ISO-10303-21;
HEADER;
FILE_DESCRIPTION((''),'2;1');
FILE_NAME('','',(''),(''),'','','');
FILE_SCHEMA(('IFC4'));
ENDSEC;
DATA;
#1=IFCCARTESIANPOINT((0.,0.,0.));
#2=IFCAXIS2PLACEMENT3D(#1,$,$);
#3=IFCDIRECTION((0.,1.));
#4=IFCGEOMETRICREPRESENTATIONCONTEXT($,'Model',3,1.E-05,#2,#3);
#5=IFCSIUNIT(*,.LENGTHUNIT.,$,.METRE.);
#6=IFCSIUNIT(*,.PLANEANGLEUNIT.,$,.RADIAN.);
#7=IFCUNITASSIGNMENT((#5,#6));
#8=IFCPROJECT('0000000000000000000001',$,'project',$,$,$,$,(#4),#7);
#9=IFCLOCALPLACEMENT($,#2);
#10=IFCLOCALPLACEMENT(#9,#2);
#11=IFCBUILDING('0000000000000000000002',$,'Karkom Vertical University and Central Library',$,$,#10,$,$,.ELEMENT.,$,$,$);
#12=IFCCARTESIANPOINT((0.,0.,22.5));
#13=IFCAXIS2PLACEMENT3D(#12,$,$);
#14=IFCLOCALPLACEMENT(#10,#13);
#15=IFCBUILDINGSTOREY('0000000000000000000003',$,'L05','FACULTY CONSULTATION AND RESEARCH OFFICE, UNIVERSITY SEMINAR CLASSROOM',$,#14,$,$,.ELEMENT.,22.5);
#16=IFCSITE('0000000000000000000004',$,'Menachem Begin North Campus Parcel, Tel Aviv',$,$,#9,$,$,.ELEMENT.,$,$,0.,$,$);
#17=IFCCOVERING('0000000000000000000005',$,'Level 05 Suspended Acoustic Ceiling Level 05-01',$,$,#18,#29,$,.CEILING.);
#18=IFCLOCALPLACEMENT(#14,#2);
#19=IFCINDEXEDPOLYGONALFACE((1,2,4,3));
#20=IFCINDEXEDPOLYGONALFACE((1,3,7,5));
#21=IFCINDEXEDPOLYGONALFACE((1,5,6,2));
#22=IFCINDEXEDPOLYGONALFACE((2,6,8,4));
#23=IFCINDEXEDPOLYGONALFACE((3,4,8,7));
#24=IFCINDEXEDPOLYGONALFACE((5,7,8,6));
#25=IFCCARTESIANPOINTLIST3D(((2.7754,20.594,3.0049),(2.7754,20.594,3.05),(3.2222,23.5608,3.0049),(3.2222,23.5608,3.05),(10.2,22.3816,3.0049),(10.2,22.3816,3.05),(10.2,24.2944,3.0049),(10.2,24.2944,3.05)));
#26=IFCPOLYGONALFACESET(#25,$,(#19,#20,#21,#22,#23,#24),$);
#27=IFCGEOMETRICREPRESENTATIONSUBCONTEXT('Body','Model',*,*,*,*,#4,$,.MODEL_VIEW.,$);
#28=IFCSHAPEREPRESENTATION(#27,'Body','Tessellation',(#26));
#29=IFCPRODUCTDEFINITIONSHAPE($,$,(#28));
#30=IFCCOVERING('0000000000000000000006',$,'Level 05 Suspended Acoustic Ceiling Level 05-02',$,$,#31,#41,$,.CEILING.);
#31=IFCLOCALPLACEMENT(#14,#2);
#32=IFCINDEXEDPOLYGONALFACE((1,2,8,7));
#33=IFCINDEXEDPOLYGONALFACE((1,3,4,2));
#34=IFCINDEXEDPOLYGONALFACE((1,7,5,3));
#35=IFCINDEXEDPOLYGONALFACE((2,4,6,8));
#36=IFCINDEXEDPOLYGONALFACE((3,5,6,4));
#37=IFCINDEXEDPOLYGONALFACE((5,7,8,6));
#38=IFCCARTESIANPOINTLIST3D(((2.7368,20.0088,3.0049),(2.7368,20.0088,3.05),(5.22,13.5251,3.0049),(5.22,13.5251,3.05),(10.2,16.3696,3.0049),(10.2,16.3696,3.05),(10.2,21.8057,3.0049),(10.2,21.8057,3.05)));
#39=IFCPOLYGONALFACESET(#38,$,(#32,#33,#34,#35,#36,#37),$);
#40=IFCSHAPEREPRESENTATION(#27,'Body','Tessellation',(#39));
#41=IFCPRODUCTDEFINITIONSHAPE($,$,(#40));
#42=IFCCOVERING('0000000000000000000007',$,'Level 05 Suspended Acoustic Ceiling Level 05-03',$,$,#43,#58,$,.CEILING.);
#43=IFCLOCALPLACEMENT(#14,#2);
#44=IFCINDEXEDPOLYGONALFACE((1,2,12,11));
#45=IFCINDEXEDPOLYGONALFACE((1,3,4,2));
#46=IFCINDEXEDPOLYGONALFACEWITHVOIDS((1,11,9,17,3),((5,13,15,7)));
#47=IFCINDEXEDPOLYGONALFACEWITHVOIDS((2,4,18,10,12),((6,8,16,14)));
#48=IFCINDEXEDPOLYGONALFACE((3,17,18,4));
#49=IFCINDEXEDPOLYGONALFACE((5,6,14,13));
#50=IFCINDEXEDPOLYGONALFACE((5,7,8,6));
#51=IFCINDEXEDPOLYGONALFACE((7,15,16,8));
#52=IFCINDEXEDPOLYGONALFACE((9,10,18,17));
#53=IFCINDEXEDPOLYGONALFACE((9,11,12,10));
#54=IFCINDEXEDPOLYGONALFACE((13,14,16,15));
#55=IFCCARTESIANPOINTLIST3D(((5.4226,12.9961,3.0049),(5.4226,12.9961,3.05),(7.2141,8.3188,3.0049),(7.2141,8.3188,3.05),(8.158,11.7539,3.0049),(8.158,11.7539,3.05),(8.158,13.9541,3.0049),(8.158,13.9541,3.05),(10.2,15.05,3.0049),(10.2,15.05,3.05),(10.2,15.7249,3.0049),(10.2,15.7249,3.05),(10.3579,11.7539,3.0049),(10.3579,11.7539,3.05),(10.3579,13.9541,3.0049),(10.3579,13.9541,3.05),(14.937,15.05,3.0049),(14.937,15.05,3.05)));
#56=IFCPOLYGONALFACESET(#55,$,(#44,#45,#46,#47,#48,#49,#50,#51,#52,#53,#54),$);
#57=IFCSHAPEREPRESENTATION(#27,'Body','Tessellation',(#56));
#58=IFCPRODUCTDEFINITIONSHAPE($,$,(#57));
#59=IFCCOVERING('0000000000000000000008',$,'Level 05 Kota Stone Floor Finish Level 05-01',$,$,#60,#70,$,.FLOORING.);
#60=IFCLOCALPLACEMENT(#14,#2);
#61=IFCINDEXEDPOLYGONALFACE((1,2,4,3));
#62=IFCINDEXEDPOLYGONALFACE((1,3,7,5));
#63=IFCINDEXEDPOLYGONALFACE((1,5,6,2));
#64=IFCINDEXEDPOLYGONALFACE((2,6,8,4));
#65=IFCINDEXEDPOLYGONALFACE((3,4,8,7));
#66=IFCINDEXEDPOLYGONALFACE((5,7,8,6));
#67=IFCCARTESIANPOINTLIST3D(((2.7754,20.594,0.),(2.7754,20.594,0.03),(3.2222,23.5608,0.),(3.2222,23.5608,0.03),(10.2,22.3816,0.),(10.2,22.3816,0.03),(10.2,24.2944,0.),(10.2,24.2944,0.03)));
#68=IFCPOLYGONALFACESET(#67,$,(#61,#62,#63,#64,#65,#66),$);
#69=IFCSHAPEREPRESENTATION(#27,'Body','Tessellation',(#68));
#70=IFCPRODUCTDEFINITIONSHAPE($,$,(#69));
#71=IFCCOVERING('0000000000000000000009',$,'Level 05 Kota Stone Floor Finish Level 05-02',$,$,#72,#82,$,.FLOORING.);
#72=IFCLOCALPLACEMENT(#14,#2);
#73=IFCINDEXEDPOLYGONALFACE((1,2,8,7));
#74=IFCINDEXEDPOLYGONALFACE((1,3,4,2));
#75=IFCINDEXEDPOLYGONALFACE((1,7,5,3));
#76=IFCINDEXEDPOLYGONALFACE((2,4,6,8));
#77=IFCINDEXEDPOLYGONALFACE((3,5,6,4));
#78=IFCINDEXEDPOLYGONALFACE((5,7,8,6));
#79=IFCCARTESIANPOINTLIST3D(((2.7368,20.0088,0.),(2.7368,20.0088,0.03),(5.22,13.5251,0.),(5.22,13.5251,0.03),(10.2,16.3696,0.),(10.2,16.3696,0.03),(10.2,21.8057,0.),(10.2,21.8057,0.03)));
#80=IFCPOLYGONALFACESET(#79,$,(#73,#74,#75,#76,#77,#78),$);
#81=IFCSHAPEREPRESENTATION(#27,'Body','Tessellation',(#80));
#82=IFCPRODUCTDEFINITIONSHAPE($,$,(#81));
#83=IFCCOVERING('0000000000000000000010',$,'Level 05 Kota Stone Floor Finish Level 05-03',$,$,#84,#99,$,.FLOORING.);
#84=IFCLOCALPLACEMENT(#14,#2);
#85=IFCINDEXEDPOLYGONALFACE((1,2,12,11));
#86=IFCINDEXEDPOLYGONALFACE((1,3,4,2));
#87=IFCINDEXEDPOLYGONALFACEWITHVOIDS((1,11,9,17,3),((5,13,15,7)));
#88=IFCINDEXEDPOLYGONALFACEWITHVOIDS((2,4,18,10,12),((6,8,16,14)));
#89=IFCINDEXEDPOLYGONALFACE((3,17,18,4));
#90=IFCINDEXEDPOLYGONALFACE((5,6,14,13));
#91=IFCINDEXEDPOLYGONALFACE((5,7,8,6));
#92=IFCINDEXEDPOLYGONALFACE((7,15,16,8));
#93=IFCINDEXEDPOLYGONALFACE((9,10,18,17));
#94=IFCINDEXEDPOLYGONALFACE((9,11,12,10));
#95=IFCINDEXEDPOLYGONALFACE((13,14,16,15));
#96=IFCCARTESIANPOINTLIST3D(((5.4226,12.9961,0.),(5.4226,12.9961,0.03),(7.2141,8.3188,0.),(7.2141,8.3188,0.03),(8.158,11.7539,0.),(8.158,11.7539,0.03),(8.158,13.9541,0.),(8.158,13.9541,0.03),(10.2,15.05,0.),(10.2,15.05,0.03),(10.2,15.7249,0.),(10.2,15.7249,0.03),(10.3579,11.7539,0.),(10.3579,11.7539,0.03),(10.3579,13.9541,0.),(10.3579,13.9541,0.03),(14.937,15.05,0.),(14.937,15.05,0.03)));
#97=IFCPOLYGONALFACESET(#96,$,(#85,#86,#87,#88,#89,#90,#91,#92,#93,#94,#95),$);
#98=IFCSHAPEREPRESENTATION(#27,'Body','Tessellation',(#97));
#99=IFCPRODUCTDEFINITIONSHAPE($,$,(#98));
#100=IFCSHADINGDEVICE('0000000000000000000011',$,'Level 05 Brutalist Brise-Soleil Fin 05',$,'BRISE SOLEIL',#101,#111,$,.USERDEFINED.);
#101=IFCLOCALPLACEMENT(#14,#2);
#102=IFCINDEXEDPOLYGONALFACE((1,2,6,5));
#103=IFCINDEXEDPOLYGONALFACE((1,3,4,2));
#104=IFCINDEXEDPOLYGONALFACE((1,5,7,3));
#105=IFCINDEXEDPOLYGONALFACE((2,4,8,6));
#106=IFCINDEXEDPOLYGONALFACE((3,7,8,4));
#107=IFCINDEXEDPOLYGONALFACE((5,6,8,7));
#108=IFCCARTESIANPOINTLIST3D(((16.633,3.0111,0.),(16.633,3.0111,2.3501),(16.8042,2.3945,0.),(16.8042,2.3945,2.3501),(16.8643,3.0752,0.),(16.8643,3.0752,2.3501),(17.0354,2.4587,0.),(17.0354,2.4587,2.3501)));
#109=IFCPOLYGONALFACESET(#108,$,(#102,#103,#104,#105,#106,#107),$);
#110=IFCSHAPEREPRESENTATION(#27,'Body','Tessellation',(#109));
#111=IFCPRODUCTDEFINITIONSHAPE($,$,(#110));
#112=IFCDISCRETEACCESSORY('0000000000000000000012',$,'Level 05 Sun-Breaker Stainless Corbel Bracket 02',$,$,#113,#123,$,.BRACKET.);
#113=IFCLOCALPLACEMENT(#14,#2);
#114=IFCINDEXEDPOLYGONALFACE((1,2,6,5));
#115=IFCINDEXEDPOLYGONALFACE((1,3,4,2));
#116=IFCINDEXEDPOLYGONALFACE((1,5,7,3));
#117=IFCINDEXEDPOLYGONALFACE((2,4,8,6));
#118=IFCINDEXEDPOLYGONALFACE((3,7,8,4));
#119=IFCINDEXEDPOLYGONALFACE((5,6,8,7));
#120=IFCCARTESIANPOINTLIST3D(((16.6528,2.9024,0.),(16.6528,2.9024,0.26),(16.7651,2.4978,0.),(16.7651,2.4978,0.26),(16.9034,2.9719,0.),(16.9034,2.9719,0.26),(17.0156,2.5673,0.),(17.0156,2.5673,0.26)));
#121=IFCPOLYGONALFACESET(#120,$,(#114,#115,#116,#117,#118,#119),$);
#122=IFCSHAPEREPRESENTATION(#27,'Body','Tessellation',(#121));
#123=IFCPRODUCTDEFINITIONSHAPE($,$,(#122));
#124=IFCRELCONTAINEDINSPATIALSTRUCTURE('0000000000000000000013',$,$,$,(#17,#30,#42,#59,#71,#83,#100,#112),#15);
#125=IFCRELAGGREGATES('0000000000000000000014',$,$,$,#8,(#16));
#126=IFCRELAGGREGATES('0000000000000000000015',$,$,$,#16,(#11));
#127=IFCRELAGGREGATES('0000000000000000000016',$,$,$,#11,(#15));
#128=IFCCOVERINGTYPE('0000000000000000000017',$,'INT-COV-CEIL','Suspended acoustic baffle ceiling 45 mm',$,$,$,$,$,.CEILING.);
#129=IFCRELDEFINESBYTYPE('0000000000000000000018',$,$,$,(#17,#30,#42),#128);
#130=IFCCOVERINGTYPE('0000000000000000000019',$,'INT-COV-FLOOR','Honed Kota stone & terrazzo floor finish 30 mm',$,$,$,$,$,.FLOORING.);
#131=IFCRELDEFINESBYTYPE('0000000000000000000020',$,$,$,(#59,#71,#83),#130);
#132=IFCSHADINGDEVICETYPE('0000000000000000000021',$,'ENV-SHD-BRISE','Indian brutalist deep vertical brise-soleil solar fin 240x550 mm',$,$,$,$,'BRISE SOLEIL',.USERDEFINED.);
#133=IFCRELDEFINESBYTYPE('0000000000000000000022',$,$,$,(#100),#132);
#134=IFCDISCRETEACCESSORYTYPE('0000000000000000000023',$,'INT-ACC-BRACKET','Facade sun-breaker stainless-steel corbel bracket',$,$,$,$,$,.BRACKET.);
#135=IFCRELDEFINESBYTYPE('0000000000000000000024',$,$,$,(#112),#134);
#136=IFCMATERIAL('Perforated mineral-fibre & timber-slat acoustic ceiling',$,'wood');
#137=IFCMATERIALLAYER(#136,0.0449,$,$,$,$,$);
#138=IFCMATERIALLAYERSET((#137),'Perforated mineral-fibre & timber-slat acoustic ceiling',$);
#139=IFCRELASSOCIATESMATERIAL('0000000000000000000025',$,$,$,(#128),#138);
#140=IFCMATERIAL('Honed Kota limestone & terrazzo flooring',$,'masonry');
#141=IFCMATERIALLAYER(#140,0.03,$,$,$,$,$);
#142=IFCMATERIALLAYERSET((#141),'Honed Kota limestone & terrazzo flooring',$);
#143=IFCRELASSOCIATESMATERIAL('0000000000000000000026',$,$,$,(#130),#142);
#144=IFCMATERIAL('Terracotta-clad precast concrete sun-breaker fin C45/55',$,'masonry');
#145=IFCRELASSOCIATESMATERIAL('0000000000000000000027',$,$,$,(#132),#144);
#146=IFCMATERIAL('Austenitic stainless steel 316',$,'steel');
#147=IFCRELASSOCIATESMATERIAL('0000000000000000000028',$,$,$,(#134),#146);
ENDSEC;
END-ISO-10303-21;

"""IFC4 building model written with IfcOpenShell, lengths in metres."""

from ifc_helpers import new_model, si_unit, direction, frame, origin, origin_with_axes, origin_2d, place, context, subcontext, project, spatial, polyline, rectangle, outline, extrude, source, transform, mapped, material, layer, layer_set, type_object, element, save


model = new_model("IFC4")

# Units and contexts
model_context = context("Model", 3, precision=1e-05, world=origin(), true_north=direction((0.0, 1.0)))
body_context = subcontext(model_context, "Body", "Model", "MODEL_VIEW")
ifc_project = project(units=[si_unit("LENGTHUNIT", "METRE"), si_unit("PLANEANGLEUNIT", "RADIAN")], contexts=[model_context])

# Site, building, storey
site_placement = place(None, origin())
site = spatial("IfcSite", under=ifc_project, at=site_placement, Name="Menachem Begin North Campus Parcel, Tel Aviv", CompositionType="ELEMENT", RefElevation=0.0)
building_placement = place(site_placement, origin())
building = spatial("IfcBuilding", under=site, at=building_placement, Name="Karkom Vertical University and Central Library", CompositionType="ELEMENT")
storey_placement = place(building_placement, frame((0.0, 0.0, 22.5)))
storey = spatial("IfcBuildingStorey", under=building, at=storey_placement, Name="L05", Description="FACULTY CONSULTATION AND RESEARCH OFFICE, UNIVERSITY SEMINAR CLASSROOM", CompositionType="ELEMENT", Elevation=22.5)

# Coverings
ifc_material_1 = material(Name="Perforated mineral-fibre & timber-slat acoustic ceiling", Category="wood")
ifc_layer_1 = layer(ifc_material_1, 0.0449)
ifc_layer_set_1 = layer_set([ifc_layer_1], Name="Perforated mineral-fibre & timber-slat acoustic ceiling")
covering_type_1 = type_object("IfcCoveringType", Name="INT-COV-CEIL", Description="Suspended acoustic baffle ceiling 45 mm", PredefinedType="CEILING", material=ifc_layer_set_1)
covering_1_placement = place(storey_placement, frame((0.0, 0.0, 3.0049)))
element("IfcCovering", 1, at=covering_1_placement, inside=storey, type_object=covering_type_1, Name="Level 05 Suspended Acoustic Ceiling Level 05-01", PredefinedType="CEILING", context=body_context, shape_type="SweptSolid", body=[
    extrude(outline(polyline([(3.2222, 23.5608), (10.2, 24.2944), (10.2, 22.3816), (2.7754, 20.594), (3.2222, 23.5608)])), origin(), (0.0, 0.0, 1.0), 0.0452),
])
covering_2_placement = place(storey_placement, frame((0.0, 0.0, 3.0049)))
element("IfcCovering", 2, at=covering_2_placement, inside=storey, type_object=covering_type_1, Name="Level 05 Suspended Acoustic Ceiling Level 05-02", PredefinedType="CEILING", context=body_context, shape_type="SweptSolid", body=[
    extrude(outline(polyline([(2.7368, 20.0088), (10.2, 21.8057), (10.2, 16.3696), (5.22, 13.5251), (2.7368, 20.0088)])), origin(), (0.0, 0.0, 1.0), 0.0452),
])
covering_3_placement = place(storey_placement, frame((0.0, 0.0, 3.0049)))
element("IfcCovering", 3, at=covering_3_placement, inside=storey, type_object=covering_type_1, Name="Level 05 Suspended Acoustic Ceiling Level 05-03", PredefinedType="CEILING", context=body_context, shape_type="SweptSolid", body=[
    extrude(outline(polyline([(14.937, 15.05), (7.2141, 8.3188), (5.4226, 12.9961), (10.2, 15.7249), (10.2, 15.05), (14.937, 15.05)]), holes=[polyline([(8.158, 13.9541), (8.158, 11.7539), (10.3579, 11.7539), (10.3579, 13.9541), (8.158, 13.9541)])]), origin(), (0.0, 0.0, 1.0), 0.0452),
])
ifc_material_2 = material(Name="Honed Kota limestone & terrazzo flooring", Category="masonry")
ifc_layer_2 = layer(ifc_material_2, 0.03)
ifc_layer_set_2 = layer_set([ifc_layer_2], Name="Honed Kota limestone & terrazzo flooring")
covering_type_2 = type_object("IfcCoveringType", Name="INT-COV-FLOOR", Description="Honed Kota stone & terrazzo floor finish 30 mm", PredefinedType="FLOORING", material=ifc_layer_set_2)
covering_4_placement = place(storey_placement, origin())
element("IfcCovering", 4, at=covering_4_placement, inside=storey, type_object=covering_type_2, Name="Level 05 Kota Stone Floor Finish Level 05-01", PredefinedType="FLOORING", context=body_context, shape_type="SweptSolid", body=[
    extrude(outline(polyline([(3.2222, 23.5608), (10.2, 24.2944), (10.2, 22.3816), (2.7754, 20.594), (3.2222, 23.5608)])), origin(), (0.0, 0.0, 1.0), 0.03),
])
covering_5_placement = place(storey_placement, origin())
element("IfcCovering", 5, at=covering_5_placement, inside=storey, type_object=covering_type_2, Name="Level 05 Kota Stone Floor Finish Level 05-02", PredefinedType="FLOORING", context=body_context, shape_type="SweptSolid", body=[
    extrude(outline(polyline([(2.7368, 20.0088), (10.2, 21.8057), (10.2, 16.3696), (5.22, 13.5251), (2.7368, 20.0088)])), origin(), (0.0, 0.0, 1.0), 0.03),
])
covering_6_placement = place(storey_placement, origin())
element("IfcCovering", 6, at=covering_6_placement, inside=storey, type_object=covering_type_2, Name="Level 05 Kota Stone Floor Finish Level 05-03", PredefinedType="FLOORING", context=body_context, shape_type="SweptSolid", body=[
    extrude(outline(polyline([(14.937, 15.05), (7.2141, 8.3188), (5.4226, 12.9961), (10.2, 15.7249), (10.2, 15.05), (14.937, 15.05)]), holes=[polyline([(8.158, 13.9541), (8.158, 11.7539), (10.3579, 11.7539), (10.3579, 13.9541), (8.158, 13.9541)])]), origin(), (0.0, 0.0, 1.0), 0.03),
])

# Shading device
ifc_material_3 = material(Name="Terracotta-clad precast concrete sun-breaker fin C45/55", Category="masonry")
shading_device_type = type_object("IfcShadingDeviceType", Name="ENV-SHD-BRISE", Description="Indian brutalist deep vertical brise-soleil solar fin 240x550 mm", ElementType="BRISE SOLEIL", PredefinedType="USERDEFINED", material=ifc_material_3)
shared_shape_1 = source(origin_with_axes(), body_context, "Body", "SweptSolid", [
    extrude(rectangle(XDim=0.24, YDim=0.6399, at=origin_2d()), origin(), (0.0, 0.0, 1.0), 2.3501),
])
shading_device_placement = place(storey_placement, frame((16.8342, 2.7349, 0.0), z_axis=(0.0, 0.0, 1.0), x_axis=(0.963584, 0.267407, 0.0)))
element("IfcShadingDevice", 7, at=shading_device_placement, inside=storey, type_object=shading_device_type, Name="Level 05 Brutalist Brise-Soleil Fin 05", ObjectType="BRISE SOLEIL", PredefinedType="USERDEFINED", context=body_context, shape_type="MappedRepresentation", body=[
    mapped(shared_shape_1, transform((0.0, 0.0, 0.0), scale=1.0)),
])

# Discrete accessory
ifc_material_4 = material(Name="Austenitic stainless steel 316", Category="steel")
discrete_accessory_type = type_object("IfcDiscreteAccessoryType", Name="INT-ACC-BRACKET", Description="Facade sun-breaker stainless-steel corbel bracket", PredefinedType="BRACKET", material=ifc_material_4)
shared_shape_2 = source(origin_with_axes(), body_context, "Body", "SweptSolid", [
    extrude(rectangle(XDim=0.26, YDim=0.4199, at=origin_2d()), origin(), (0.0, 0.0, 1.0), 0.26),
])
discrete_accessory_placement = place(storey_placement, frame((16.8342, 2.7349, 0.0), z_axis=(0.0, 0.0, 1.0), x_axis=(0.963584, 0.267407, 0.0)))
element("IfcDiscreteAccessory", 8, at=discrete_accessory_placement, inside=storey, type_object=discrete_accessory_type, Name="Level 05 Sun-Breaker Stainless Corbel Bracket 02", PredefinedType="BRACKET", context=body_context, shape_type="MappedRepresentation", body=[
    mapped(shared_shape_2, transform((0.0, 0.0, 0.0), scale=1.0)),
])

save(model, "model.ifc")
